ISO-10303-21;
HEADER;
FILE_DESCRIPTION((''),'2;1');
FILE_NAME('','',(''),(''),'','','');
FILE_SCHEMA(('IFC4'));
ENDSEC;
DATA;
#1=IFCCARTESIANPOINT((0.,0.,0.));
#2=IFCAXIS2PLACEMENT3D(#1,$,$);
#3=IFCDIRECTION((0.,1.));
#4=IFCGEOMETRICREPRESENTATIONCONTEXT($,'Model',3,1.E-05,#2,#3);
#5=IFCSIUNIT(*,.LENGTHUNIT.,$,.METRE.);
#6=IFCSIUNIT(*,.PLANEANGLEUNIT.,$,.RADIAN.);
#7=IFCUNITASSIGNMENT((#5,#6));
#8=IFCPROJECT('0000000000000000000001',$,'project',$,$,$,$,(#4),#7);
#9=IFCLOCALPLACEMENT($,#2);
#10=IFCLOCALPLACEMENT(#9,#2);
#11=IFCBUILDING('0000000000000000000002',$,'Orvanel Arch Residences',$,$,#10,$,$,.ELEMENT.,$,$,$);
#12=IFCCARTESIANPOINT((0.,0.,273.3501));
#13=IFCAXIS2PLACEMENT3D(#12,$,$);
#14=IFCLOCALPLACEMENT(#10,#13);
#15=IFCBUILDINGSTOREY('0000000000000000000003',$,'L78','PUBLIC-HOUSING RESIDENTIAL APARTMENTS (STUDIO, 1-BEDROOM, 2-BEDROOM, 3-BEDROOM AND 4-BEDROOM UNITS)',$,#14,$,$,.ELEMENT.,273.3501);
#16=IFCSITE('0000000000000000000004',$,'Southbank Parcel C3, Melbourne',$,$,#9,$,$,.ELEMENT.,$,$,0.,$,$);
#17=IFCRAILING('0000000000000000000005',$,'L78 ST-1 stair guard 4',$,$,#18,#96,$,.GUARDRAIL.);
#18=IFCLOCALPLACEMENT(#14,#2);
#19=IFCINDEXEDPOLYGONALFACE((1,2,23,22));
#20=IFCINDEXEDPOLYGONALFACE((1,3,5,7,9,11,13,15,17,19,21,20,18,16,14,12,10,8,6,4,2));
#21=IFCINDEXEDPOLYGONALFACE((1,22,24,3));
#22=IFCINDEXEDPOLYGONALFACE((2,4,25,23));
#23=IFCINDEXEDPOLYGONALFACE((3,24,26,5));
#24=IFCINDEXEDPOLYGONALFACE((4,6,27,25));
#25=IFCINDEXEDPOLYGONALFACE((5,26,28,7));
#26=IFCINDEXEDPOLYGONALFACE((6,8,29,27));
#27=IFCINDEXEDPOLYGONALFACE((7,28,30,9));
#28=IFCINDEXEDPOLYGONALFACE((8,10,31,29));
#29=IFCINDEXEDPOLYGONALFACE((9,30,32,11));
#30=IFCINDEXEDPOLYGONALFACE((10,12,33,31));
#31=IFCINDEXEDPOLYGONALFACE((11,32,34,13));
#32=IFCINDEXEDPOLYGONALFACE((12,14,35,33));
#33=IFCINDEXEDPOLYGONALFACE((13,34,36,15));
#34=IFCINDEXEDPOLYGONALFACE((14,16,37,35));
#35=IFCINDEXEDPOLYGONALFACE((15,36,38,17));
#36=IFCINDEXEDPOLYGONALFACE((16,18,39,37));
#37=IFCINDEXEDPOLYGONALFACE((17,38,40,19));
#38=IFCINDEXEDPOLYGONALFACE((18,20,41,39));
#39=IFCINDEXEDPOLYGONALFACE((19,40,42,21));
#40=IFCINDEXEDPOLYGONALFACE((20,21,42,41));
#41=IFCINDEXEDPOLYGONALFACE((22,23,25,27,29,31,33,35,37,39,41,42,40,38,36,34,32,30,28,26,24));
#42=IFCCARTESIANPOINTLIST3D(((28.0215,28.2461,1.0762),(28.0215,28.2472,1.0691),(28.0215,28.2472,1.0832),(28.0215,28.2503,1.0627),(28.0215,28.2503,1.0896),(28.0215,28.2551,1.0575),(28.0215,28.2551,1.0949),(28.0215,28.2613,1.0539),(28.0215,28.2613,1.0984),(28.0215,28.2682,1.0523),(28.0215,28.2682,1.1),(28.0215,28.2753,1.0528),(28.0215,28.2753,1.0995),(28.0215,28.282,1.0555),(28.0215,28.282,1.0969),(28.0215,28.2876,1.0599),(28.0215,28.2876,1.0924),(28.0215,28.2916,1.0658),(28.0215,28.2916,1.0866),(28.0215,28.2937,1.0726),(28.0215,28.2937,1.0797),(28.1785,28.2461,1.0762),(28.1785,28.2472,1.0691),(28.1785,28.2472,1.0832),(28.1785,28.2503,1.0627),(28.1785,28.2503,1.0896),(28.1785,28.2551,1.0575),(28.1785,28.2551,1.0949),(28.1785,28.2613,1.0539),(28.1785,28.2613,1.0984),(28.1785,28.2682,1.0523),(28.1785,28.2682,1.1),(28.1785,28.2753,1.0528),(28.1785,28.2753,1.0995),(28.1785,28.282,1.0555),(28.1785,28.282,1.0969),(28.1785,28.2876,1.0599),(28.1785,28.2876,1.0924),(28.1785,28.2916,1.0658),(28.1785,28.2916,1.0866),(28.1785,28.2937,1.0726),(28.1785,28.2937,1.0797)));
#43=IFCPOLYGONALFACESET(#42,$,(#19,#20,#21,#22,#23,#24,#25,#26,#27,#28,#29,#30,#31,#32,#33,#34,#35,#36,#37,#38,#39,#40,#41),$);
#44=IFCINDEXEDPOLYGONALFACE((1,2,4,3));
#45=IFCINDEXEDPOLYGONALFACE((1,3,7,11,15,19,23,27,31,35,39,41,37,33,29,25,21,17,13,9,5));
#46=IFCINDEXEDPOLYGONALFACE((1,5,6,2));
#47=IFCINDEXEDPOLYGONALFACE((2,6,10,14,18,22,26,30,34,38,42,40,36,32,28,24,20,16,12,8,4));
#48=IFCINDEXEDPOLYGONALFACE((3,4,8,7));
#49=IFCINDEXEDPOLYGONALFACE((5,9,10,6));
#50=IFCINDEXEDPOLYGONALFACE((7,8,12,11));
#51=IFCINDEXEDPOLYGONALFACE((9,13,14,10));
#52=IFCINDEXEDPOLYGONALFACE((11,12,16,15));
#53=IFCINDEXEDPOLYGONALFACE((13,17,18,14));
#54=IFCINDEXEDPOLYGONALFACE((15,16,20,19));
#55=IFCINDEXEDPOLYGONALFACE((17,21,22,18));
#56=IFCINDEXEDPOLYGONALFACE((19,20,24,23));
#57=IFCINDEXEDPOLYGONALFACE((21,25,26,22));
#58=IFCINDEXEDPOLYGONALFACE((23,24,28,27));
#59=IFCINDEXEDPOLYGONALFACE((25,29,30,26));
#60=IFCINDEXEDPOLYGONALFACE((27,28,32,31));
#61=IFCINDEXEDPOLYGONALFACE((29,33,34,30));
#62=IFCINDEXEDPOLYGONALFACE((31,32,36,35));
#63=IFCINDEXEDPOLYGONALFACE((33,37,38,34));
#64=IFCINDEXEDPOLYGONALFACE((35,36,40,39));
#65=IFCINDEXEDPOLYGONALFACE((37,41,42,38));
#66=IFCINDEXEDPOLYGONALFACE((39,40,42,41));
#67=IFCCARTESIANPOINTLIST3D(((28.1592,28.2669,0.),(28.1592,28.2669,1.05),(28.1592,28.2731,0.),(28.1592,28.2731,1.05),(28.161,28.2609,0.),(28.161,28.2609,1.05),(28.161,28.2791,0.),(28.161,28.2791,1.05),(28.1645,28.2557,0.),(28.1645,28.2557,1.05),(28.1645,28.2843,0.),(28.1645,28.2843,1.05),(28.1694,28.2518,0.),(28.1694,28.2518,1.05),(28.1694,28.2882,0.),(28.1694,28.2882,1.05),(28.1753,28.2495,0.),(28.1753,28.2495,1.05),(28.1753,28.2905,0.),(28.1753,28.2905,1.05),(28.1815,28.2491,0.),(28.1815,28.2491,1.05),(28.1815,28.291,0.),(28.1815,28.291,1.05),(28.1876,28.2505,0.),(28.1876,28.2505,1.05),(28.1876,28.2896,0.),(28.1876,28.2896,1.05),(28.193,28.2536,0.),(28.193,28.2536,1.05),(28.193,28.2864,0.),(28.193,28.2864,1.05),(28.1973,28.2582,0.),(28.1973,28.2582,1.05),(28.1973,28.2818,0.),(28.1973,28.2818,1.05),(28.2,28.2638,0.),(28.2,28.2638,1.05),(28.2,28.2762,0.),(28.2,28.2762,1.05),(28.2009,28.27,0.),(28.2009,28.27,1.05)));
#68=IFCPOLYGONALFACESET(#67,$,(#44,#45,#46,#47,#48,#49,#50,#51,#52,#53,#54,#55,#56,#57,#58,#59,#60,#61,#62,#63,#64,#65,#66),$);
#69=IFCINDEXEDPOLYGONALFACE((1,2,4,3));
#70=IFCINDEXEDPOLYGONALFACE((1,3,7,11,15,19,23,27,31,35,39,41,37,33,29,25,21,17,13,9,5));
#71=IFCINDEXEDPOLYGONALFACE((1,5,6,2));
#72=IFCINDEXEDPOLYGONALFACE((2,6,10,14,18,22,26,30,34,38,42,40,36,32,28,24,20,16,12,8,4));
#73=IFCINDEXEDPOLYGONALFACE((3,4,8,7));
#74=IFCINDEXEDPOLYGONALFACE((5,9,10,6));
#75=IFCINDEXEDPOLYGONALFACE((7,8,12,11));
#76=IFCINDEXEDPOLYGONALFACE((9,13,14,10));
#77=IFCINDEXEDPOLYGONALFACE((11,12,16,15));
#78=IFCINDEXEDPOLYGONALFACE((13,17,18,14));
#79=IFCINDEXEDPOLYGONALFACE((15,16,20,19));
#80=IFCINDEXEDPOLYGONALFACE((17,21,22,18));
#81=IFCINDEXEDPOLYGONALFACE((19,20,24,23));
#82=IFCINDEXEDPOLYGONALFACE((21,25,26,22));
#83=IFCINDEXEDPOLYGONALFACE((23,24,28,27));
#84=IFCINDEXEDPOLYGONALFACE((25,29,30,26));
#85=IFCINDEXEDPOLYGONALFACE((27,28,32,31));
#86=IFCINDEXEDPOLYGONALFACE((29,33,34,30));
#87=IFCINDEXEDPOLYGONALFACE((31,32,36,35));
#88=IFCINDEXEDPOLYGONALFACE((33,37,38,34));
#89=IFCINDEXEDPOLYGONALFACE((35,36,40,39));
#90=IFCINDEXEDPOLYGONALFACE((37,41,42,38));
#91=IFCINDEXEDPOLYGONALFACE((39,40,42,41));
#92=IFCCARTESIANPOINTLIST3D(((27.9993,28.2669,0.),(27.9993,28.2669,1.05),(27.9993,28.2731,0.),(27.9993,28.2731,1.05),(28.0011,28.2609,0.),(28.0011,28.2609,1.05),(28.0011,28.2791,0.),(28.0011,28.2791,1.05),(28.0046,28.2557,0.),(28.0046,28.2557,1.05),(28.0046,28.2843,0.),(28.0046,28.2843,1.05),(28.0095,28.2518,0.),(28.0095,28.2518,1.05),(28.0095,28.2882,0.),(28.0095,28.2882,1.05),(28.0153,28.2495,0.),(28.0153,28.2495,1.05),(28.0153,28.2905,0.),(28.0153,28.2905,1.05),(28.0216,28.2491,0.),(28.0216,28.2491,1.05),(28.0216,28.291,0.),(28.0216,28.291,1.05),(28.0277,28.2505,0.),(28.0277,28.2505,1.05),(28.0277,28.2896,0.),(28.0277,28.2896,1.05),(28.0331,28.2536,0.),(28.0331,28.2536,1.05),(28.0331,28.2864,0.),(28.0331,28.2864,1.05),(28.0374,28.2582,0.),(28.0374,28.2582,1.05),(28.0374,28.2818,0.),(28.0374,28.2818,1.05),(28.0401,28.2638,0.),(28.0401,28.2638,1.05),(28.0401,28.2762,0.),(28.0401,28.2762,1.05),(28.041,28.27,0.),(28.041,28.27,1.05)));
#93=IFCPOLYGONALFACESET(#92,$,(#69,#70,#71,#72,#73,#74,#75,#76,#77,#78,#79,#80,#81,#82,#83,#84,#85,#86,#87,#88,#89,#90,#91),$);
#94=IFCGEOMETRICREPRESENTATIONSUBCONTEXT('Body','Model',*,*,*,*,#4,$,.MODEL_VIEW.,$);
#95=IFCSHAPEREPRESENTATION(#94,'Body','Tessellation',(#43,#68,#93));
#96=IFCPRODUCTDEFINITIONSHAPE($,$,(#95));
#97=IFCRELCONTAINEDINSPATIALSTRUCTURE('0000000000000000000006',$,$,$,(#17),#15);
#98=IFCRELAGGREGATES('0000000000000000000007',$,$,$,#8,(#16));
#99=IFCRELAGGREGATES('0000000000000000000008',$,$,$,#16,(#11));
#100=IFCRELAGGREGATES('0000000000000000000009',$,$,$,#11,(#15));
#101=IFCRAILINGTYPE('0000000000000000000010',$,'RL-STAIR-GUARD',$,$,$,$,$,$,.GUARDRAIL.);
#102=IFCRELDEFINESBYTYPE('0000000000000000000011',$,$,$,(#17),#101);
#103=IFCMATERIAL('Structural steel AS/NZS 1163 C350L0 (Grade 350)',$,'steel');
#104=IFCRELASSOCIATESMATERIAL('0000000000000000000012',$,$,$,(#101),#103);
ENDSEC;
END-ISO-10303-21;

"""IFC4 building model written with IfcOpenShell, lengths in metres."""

from ifc_helpers import new_model, si_unit, direction, frame, origin, origin_2d, place, context, subcontext, project, spatial, circle, extrude, material, type_object, element, save


model = new_model("IFC4")

# Units and contexts
model_context = context("Model", 3, precision=1e-05, world=origin(), true_north=direction((0.0, 1.0)))
body_context = subcontext(model_context, "Body", "Model", "MODEL_VIEW")
ifc_project = project(units=[si_unit("LENGTHUNIT", "METRE"), si_unit("PLANEANGLEUNIT", "RADIAN")], contexts=[model_context])

# Site, building, storey
site_placement = place(None, origin())
site = spatial("IfcSite", under=ifc_project, at=site_placement, Name="Southbank Parcel C3, Melbourne", CompositionType="ELEMENT", RefElevation=0.0)
building_placement = place(site_placement, origin())
building = spatial("IfcBuilding", under=site, at=building_placement, Name="Orvanel Arch Residences", CompositionType="ELEMENT")
storey_placement = place(building_placement, frame((0.0, 0.0, 273.3501)))
storey = spatial("IfcBuildingStorey", under=building, at=storey_placement, Name="L78", Description="PUBLIC-HOUSING RESIDENTIAL APARTMENTS (STUDIO, 1-BEDROOM, 2-BEDROOM, 3-BEDROOM AND 4-BEDROOM UNITS)", CompositionType="ELEMENT", Elevation=273.3501)

# Railing
ifc_material_1 = material(Name="Structural steel AS/NZS 1163 C350L0 (Grade 350)", Category="steel")
railing_type_1 = type_object("IfcRailingType", Name="RL-STAIR-GUARD", PredefinedType="GUARDRAIL", material=ifc_material_1)
railing_1_placement = place(storey_placement, frame((28.1799, 28.27, 0.0)))
element("IfcRailing", 1, at=railing_1_placement, inside=storey, type_object=railing_type_1, Name="L78 ST-1 stair guard 4", PredefinedType="GUARDRAIL", context=body_context, shape_type="SweptSolid", body=[
    extrude(circle(Radius=0.0239, at=origin_2d()), frame((-0.0015, 0.0, 1.0762), z_axis=(-1.0, 0.0, 0.0), x_axis=(0.0, -1.0, 0.0)), (0.0, 0.0, 1.0), 0.157),
    extrude(circle(Radius=0.021, at=origin_2d()), origin(), (0.0, 0.0, 1.0), 1.05),
    extrude(circle(Radius=0.021, at=origin_2d()), frame((-0.1599, 0.0, 0.0)), (0.0, 0.0, 1.0), 1.05),
])

save(model, "model.ifc")
